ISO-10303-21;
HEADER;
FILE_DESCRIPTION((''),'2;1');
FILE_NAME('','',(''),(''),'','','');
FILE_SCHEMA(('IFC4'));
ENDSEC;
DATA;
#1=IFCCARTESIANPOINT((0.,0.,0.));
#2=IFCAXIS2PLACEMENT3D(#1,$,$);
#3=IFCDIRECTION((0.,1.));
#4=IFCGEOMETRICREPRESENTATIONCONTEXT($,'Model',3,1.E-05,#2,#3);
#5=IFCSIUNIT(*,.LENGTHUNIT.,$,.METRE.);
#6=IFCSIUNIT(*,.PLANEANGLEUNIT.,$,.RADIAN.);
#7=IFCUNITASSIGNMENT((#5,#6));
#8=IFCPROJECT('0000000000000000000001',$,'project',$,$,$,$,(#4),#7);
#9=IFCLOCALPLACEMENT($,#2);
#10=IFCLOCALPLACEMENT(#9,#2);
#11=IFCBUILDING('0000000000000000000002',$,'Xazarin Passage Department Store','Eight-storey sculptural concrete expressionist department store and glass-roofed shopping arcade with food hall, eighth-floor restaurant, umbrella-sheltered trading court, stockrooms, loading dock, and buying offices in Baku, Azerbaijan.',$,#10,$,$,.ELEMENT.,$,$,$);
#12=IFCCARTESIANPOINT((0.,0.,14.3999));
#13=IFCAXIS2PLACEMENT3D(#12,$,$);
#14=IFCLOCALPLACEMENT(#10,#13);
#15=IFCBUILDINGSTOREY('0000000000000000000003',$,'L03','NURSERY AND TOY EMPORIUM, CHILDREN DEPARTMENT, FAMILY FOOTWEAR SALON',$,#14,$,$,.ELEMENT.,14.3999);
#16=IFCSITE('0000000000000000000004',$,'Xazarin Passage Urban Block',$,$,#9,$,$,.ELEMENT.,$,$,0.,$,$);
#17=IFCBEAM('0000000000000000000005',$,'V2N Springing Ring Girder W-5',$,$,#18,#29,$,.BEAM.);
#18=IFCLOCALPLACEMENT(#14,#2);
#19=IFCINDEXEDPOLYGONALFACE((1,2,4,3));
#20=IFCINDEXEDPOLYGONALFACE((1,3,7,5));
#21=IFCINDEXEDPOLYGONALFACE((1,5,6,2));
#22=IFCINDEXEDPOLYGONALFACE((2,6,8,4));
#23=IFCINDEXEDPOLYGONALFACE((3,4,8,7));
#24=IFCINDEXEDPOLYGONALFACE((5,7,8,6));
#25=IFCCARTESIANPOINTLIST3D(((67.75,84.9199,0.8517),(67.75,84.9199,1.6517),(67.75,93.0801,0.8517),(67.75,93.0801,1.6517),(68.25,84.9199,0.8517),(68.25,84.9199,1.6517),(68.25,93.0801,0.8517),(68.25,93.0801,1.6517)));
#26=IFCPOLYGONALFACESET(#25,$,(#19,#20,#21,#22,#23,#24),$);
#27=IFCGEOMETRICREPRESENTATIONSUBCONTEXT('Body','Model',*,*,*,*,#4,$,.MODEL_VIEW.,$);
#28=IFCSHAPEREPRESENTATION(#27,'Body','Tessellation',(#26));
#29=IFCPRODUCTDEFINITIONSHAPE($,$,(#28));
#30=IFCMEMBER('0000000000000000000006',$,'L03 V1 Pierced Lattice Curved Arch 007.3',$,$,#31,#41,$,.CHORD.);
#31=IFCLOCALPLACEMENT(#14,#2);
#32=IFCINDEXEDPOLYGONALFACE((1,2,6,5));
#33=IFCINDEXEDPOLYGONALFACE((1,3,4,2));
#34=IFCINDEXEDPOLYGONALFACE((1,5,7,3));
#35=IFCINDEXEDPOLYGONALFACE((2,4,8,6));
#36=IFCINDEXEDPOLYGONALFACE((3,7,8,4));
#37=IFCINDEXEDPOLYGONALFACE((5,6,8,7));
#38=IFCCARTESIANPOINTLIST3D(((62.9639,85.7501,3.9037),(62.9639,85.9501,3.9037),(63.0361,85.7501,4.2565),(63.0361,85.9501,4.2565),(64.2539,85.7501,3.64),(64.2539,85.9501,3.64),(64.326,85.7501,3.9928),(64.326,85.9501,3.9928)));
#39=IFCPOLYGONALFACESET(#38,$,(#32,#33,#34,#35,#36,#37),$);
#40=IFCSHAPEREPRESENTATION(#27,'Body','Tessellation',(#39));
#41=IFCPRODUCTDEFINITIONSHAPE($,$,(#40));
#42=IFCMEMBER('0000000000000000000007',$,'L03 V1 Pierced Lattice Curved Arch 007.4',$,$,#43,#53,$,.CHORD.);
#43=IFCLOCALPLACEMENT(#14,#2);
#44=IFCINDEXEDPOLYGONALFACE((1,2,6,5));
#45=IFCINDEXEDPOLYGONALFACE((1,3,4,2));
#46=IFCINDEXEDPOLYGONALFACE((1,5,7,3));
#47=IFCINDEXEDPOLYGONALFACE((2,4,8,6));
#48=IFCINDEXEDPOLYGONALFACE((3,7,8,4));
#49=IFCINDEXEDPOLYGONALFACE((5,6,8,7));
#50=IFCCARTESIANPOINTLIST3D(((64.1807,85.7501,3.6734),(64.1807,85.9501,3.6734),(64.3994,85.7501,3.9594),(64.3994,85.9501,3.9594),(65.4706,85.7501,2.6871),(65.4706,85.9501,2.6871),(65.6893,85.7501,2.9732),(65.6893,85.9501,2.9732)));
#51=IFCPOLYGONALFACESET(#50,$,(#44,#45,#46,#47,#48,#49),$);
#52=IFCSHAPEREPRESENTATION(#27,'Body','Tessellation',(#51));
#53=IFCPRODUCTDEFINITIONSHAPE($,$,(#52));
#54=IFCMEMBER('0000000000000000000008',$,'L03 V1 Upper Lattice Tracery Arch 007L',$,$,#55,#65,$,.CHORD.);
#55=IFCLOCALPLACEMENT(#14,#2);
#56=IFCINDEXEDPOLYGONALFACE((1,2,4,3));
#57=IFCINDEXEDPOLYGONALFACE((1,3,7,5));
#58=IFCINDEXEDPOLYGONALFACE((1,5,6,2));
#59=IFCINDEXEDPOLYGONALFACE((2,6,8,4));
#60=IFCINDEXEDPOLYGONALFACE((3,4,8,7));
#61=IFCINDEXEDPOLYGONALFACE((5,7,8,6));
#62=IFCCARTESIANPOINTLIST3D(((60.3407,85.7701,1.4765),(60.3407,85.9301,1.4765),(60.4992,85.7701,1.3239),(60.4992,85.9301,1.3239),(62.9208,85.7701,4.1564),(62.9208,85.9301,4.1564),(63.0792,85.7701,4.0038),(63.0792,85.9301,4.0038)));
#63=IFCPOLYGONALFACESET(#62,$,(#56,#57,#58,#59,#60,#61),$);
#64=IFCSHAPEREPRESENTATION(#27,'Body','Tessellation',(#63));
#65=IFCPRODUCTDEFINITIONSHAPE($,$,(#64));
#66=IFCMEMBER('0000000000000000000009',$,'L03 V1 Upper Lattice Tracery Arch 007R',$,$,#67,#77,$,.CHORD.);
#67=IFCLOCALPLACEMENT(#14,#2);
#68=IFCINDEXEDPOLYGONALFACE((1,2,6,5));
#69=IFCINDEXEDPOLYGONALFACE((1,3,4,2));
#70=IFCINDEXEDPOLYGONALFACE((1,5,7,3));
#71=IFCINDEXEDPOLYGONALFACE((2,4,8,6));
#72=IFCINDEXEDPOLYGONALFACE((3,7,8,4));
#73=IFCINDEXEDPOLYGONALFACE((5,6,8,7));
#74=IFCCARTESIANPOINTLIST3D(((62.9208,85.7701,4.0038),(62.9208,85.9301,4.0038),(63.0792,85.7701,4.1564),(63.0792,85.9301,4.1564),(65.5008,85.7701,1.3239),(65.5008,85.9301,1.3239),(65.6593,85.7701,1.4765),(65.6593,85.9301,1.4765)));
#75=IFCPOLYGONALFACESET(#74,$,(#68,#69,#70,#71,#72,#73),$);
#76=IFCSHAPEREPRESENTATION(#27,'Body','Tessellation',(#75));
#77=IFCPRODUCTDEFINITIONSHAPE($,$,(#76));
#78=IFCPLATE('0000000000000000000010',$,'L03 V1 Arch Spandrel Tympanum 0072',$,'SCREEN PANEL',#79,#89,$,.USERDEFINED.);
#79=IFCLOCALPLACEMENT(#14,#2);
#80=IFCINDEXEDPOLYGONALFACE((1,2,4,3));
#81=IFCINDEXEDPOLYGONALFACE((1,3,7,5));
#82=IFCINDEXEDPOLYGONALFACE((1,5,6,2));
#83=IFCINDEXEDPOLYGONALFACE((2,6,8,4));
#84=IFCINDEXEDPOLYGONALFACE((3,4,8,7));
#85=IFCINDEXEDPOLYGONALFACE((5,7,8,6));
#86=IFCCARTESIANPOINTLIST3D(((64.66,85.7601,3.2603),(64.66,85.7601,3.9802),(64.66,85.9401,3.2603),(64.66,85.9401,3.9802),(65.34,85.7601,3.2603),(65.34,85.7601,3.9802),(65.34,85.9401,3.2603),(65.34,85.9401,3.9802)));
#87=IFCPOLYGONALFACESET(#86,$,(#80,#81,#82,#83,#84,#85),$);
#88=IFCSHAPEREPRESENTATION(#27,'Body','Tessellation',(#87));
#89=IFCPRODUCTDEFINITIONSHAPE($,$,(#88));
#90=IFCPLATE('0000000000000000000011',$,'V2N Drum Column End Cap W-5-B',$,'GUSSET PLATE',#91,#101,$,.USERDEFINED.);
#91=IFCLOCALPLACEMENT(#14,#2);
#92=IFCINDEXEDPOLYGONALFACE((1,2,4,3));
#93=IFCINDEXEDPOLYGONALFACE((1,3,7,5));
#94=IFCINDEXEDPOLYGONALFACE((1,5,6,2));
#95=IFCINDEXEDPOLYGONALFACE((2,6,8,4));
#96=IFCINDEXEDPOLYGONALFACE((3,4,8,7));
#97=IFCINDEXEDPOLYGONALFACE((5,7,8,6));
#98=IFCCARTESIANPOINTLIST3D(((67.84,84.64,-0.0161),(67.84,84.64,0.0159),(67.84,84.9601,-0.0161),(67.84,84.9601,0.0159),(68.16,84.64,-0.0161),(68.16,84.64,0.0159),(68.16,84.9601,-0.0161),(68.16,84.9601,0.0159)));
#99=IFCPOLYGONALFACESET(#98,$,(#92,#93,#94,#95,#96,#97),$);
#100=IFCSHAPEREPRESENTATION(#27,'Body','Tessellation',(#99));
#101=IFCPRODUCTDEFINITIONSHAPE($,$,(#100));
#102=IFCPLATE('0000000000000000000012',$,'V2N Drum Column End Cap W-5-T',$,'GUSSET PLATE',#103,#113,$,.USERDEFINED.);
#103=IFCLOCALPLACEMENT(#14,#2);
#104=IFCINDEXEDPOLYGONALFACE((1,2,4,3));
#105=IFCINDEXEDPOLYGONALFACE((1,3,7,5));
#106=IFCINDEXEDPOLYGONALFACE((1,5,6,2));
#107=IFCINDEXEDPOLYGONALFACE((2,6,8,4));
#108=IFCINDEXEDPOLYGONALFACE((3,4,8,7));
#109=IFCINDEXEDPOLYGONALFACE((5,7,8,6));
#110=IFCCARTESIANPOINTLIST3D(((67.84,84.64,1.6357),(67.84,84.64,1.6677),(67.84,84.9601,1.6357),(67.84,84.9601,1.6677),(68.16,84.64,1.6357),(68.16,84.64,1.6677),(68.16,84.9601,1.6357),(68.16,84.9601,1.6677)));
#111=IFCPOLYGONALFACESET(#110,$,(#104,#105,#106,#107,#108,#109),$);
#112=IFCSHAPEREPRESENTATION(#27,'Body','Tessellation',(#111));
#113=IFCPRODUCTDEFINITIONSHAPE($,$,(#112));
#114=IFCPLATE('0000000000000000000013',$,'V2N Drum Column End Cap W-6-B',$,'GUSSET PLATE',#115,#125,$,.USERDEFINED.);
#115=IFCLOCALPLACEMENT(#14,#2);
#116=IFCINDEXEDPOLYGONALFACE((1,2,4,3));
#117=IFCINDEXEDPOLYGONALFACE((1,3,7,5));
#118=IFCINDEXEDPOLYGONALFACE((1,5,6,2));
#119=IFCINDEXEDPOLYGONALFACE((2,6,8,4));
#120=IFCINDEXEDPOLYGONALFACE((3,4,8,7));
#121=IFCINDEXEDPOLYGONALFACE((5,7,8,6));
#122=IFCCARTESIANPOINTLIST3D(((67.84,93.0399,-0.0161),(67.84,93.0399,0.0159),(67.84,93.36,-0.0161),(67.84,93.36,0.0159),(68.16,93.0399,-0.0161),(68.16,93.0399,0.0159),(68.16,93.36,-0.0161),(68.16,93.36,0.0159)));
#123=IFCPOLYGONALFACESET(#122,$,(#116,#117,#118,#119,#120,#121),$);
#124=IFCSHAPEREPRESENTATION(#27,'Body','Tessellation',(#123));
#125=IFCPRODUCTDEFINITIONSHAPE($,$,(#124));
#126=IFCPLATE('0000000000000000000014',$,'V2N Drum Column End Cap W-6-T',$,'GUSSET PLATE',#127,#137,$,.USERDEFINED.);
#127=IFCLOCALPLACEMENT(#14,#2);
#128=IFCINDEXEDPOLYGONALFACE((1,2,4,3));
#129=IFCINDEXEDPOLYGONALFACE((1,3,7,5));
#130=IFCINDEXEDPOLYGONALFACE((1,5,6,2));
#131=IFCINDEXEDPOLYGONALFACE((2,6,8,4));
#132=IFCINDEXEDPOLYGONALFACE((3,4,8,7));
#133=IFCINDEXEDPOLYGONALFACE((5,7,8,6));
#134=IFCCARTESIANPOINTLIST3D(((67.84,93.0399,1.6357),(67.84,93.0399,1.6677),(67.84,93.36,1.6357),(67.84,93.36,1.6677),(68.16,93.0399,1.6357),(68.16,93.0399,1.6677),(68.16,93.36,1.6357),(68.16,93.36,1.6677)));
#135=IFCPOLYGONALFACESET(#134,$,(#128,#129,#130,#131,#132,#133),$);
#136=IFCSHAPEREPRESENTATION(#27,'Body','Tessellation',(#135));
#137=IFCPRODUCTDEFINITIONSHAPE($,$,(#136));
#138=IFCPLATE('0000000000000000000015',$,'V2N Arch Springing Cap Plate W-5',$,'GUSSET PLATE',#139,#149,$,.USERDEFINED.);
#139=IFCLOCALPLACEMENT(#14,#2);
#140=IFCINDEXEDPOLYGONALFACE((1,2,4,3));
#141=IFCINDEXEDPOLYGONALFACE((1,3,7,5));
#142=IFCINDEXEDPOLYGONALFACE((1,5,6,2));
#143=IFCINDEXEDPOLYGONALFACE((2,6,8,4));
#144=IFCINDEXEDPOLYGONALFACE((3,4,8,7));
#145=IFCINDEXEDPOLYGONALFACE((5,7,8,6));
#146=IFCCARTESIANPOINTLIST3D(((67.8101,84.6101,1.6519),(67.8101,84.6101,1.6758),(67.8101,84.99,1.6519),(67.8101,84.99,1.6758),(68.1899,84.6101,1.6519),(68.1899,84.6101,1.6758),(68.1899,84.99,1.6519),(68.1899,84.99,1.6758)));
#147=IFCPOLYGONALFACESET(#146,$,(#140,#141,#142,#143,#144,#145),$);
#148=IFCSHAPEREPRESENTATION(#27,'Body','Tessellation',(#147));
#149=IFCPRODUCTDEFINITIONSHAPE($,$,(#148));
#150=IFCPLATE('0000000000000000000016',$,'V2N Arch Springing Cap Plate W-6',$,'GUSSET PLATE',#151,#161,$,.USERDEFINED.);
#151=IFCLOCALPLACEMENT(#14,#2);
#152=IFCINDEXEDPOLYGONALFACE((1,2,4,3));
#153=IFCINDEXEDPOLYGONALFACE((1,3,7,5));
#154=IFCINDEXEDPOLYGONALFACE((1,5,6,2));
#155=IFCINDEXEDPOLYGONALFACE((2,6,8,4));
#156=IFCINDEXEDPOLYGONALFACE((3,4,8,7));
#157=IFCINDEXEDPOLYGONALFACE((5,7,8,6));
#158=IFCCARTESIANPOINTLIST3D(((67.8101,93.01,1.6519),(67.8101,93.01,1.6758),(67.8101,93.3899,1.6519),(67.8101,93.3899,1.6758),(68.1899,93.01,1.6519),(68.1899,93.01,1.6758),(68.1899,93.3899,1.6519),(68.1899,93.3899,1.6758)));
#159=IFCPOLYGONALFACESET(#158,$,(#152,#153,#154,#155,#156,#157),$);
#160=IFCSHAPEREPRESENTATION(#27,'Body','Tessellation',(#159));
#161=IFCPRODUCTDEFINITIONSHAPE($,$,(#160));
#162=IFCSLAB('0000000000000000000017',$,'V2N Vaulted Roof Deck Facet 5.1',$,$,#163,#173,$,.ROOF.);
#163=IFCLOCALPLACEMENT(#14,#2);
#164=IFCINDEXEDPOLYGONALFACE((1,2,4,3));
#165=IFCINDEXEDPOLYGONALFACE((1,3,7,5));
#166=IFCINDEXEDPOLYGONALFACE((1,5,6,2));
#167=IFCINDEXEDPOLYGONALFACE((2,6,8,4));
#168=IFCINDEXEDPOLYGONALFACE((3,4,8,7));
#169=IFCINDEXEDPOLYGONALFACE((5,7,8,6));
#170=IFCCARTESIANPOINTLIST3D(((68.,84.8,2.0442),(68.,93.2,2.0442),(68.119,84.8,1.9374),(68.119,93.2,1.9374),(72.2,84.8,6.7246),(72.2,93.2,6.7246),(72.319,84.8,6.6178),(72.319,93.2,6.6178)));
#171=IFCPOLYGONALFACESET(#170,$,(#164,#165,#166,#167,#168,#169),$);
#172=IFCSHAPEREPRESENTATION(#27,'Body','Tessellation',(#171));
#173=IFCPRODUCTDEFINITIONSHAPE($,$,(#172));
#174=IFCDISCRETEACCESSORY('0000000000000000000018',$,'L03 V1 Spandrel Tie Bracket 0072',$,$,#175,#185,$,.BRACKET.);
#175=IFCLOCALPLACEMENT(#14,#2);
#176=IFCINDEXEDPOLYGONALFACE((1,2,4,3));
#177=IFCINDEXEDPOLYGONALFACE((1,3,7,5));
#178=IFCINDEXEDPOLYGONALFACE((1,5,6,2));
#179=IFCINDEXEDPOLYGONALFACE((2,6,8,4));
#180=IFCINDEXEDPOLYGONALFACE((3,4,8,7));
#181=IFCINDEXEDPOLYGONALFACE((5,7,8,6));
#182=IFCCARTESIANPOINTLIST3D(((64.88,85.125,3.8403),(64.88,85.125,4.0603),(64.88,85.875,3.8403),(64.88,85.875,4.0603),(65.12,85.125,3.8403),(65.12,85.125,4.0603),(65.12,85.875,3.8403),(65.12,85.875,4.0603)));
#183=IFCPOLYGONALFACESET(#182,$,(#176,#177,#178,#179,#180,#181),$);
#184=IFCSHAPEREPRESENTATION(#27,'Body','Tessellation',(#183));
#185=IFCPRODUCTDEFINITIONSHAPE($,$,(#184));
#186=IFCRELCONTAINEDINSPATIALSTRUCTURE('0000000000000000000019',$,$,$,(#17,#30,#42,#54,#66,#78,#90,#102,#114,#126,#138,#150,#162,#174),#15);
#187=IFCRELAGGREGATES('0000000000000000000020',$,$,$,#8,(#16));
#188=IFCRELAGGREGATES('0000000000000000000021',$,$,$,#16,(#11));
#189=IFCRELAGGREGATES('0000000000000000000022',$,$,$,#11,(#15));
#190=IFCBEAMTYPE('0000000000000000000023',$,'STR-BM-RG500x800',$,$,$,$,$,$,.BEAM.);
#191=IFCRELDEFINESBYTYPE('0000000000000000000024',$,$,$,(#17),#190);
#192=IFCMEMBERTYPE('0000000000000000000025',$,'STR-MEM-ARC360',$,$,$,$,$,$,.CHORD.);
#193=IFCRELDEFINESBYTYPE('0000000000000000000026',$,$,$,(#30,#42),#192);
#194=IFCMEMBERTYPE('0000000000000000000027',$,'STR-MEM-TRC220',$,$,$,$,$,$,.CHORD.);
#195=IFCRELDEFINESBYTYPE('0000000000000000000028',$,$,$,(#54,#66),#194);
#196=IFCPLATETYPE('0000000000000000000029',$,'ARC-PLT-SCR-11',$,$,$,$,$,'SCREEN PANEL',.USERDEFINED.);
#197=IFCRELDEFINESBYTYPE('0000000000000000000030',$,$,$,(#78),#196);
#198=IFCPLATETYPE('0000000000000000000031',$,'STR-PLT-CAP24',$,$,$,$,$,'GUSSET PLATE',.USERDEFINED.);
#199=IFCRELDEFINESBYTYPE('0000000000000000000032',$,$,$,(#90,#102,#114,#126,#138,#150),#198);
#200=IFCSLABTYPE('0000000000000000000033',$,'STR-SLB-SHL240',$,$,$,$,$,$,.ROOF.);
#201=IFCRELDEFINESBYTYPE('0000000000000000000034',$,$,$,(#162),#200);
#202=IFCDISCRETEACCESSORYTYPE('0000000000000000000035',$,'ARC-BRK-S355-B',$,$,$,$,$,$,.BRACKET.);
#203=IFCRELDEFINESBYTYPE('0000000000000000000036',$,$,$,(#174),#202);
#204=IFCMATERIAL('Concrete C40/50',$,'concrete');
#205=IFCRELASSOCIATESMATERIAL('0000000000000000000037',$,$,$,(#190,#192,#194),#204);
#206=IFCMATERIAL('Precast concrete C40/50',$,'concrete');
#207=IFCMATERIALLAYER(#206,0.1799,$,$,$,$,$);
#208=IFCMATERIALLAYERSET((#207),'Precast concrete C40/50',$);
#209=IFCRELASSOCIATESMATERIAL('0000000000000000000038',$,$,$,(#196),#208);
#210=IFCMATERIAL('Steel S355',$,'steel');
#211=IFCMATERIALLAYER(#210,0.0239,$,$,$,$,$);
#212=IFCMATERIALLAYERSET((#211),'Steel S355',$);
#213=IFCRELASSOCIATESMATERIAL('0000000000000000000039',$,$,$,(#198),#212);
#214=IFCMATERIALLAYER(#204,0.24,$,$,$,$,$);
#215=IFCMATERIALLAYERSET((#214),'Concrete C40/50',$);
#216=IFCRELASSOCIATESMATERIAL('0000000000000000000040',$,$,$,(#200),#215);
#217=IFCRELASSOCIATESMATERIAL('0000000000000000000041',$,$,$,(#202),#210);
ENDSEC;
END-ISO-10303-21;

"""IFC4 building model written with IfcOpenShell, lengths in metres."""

from ifc_helpers import new_model, si_unit, direction, frame, origin, origin_2d, place, context, subcontext, project, spatial, polyline, rectangle, outline, extrude, material, layer, layer_set, material_profile, profile_set, type_object, element, save


model = new_model("IFC4")

# Units and contexts
model_context = context("Model", 3, precision=1e-05, world=origin(), true_north=direction((0.0, 1.0)))
body_context = subcontext(model_context, "Body", "Model", "MODEL_VIEW")
ifc_project = project(units=[si_unit("LENGTHUNIT", "METRE"), si_unit("PLANEANGLEUNIT", "RADIAN")], contexts=[model_context])

# Site, building, storey
site_placement = place(None, origin())
site = spatial("IfcSite", under=ifc_project, at=site_placement, Name="Xazarin Passage Urban Block", CompositionType="ELEMENT", RefElevation=0.0)
building_placement = place(site_placement, origin())
building = spatial("IfcBuilding", under=site, at=building_placement, Name="Xazarin Passage Department Store", Description="Eight-storey sculptural concrete expressionist department store and glass-roofed shopping arcade with food hall, eighth-floor restaurant, umbrella-sheltered trading court, stockrooms, loading dock, and buying offices in Baku, Azerbaijan.", CompositionType="ELEMENT")
storey_placement = place(building_placement, frame((0.0, 0.0, 14.3999)))
storey = spatial("IfcBuildingStorey", under=building, at=storey_placement, Name="L03", Description="NURSERY AND TOY EMPORIUM, CHILDREN DEPARTMENT, FAMILY FOOTWEAR SALON", CompositionType="ELEMENT", Elevation=14.3999)

# Shared definitions
ifc_material_1 = material(Name="Steel S355", Category="steel")
ifc_material_2 = material(Name="Concrete C40/50", Category="concrete")

# Beam
ifc_material_profile_1 = material_profile(ifc_material_2, rectangle(XDim=0.5, YDim=0.8, at=origin_2d()), Name="RC 500x800")
ifc_profile_set_1 = profile_set([ifc_material_profile_1], Name="Concrete C40/50")
beam_type_1 = type_object("IfcBeamType", Name="STR-BM-RG500x800", PredefinedType="BEAM", material=ifc_profile_set_1)
beam_1_placement = place(storey_placement, frame((68.0, 84.9199, 1.2517), z_axis=(0.0, 1.0, 0.0), x_axis=(-1.0, 0.0, 0.0)))
element("IfcBeam", 1, at=beam_1_placement, inside=storey, type_object=beam_type_1, Name="V2N Springing Ring Girder W-5", PredefinedType="BEAM", context=body_context, shape_type="SweptSolid", body=[
    extrude(rectangle(XDim=0.5, YDim=0.8, at=origin_2d()), origin(), (0.0, 0.0, 1.0), 8.1602),
])

# Members
ifc_material_profile_2 = material_profile(ifc_material_2, rectangle(XDim=0.2, YDim=0.3601, at=origin_2d()), Name="RC 200x360")
ifc_profile_set_2 = profile_set([ifc_material_profile_2], Name="Concrete C40/50")
member_type_1 = type_object("IfcMemberType", Name="STR-MEM-ARC360", PredefinedType="CHORD", material=ifc_profile_set_2)
member_1_placement = place(storey_placement, frame((63.0, 85.8501, 4.0801), z_axis=(0.979745, 0.0, -0.200251), x_axis=(0.0, 1.0, 0.0)))
element("IfcMember", 2, at=member_1_placement, inside=storey, type_object=member_type_1, Name="L03 V1 Pierced Lattice Curved Arch 007.3", PredefinedType="CHORD", context=body_context, shape_type="SweptSolid", body=[
    extrude(rectangle(XDim=0.2, YDim=0.3601, at=origin_2d()), origin(), (0.0, 0.0, 1.0), 1.3167),
])
member_2_placement = place(storey_placement, frame((64.29, 85.8501, 3.8164), z_axis=(0.794409, 0.0, -0.607383), x_axis=(0.0, 1.0, 0.0)))
element("IfcMember", 3, at=member_2_placement, inside=storey, type_object=member_type_1, Name="L03 V1 Pierced Lattice Curved Arch 007.4", PredefinedType="CHORD", context=body_context, shape_type="SweptSolid", body=[
    extrude(rectangle(XDim=0.2, YDim=0.3601, at=origin_2d()), origin(), (0.0, 0.0, 1.0), 1.6238),
])
ifc_material_profile_3 = material_profile(ifc_material_2, rectangle(XDim=0.1599, YDim=0.22, at=origin_2d()), Name="RC 160x220")
ifc_profile_set_3 = profile_set([ifc_material_profile_3], Name="Concrete C40/50")
member_type_2 = type_object("IfcMemberType", Name="STR-MEM-TRC220", PredefinedType="CHORD", material=ifc_profile_set_3)
for number, where, z_axis, x_axis, name in (
    (4, (63.0, 85.8501, 4.0801), (-0.693558, 0.0, -0.7204), (0.0, -1.0, 0.0), "L03 V1 Upper Lattice Tracery Arch 007L"),
    (5, (63.0, 85.8501, 4.0801), (0.693558, 0.0, -0.7204), (0.0, 1.0, 0.0), "L03 V1 Upper Lattice Tracery Arch 007R"),
):
    element("IfcMember", number, at=place(storey_placement, frame(where, z_axis=z_axis, x_axis=x_axis)), inside=storey, type_object=member_type_2, Name=name, PredefinedType="CHORD", context=body_context, shape_type="SweptSolid", body=[
        extrude(rectangle(XDim=0.1599, YDim=0.22, at=origin_2d()), origin(), (0.0, 0.0, 1.0), 3.72),
    ])

# Plates
ifc_material_3 = material(Name="Precast concrete C40/50", Category="concrete")
ifc_layer_1 = layer(ifc_material_3, 0.1799)
ifc_layer_set_1 = layer_set([ifc_layer_1], Name="Precast concrete C40/50")
plate_type_1 = type_object("IfcPlateType", Name="ARC-PLT-SCR-11", ElementType="SCREEN PANEL", PredefinedType="USERDEFINED", material=ifc_layer_set_1)
plate_placement = place(storey_placement, frame((65.0, 85.8501, 3.2603), z_axis=(0.0, 0.0, 1.0), x_axis=(1.0, 0.0, 0.0)))
element("IfcPlate", 6, at=plate_placement, inside=storey, type_object=plate_type_1, Name="L03 V1 Arch Spandrel Tympanum 0072", ObjectType="SCREEN PANEL", PredefinedType="USERDEFINED", context=body_context, shape_type="SweptSolid", body=[
    extrude(rectangle(XDim=0.6799, YDim=0.1799, at=origin_2d()), origin(), (0.0, 0.0, 1.0), 0.72),
])
ifc_layer_2 = layer(ifc_material_1, 0.0239)
ifc_layer_set_2 = layer_set([ifc_layer_2], Name="Steel S355")
plate_type_2 = type_object("IfcPlateType", Name="STR-PLT-CAP24", ElementType="GUSSET PLATE", PredefinedType="USERDEFINED", material=ifc_layer_set_2)
for number, where, z_axis, x_axis, name in (
    (7, (68.0, 84.8, -0.0161), (0.0, 0.0, 1.0), (1.0, 0.0, 0.0), "V2N Drum Column End Cap W-5-B"),
    (8, (68.0, 84.8, 1.6357), (0.0, 0.0, 1.0), (1.0, 0.0, 0.0), "V2N Drum Column End Cap W-5-T"),
    (9, (68.0, 93.2, -0.0161), (0.0, 0.0, 1.0), (1.0, 0.0, 0.0), "V2N Drum Column End Cap W-6-B"),
    (10, (68.0, 93.2, 1.6357), (0.0, 0.0, 1.0), (1.0, 0.0, 0.0), "V2N Drum Column End Cap W-6-T"),
):
    element("IfcPlate", number, at=place(storey_placement, frame(where, z_axis=z_axis, x_axis=x_axis)), inside=storey, type_object=plate_type_2, Name=name, ObjectType="GUSSET PLATE", PredefinedType="USERDEFINED", context=body_context, shape_type="SweptSolid", body=[
        extrude(rectangle(XDim=0.3201, YDim=0.3201, at=origin_2d()), origin(), (0.0, 0.0, 1.0), 0.032),
    ])
for number, where, z_axis, x_axis, name in (
    (11, (68.0, 84.8, 1.6519), (0.0, 0.0, 1.0), (1.0, 0.0, 0.0), "V2N Arch Springing Cap Plate W-5"),
    (12, (68.0, 93.2, 1.6519), (0.0, 0.0, 1.0), (1.0, 0.0, 0.0), "V2N Arch Springing Cap Plate W-6"),
):
    element("IfcPlate", number, at=place(storey_placement, frame(where, z_axis=z_axis, x_axis=x_axis)), inside=storey, type_object=plate_type_2, Name=name, ObjectType="GUSSET PLATE", PredefinedType="USERDEFINED", context=body_context, shape_type="SweptSolid", body=[
        extrude(rectangle(XDim=0.3799, YDim=0.3799, at=origin_2d()), origin(), (0.0, 0.0, 1.0), 0.0239),
    ])

# Slab
ifc_layer_3 = layer(ifc_material_2, 0.24)
ifc_layer_set_3 = layer_set([ifc_layer_3], Name="Concrete C40/50")
slab_type = type_object("IfcSlabType", Name="STR-SLB-SHL240", PredefinedType="ROOF", material=ifc_layer_set_3)
slab_placement = place(storey_placement, frame((68.0, 84.8, 2.0442), z_axis=(-0.744276, 0.0, 0.667872), x_axis=(0.667872, 0.0, 0.744276)))
element("IfcSlab", 13, at=slab_placement, inside=storey, type_object=slab_type, Name="V2N Vaulted Roof Deck Facet 5.1", PredefinedType="ROOF", context=body_context, shape_type="SweptSolid", body=[
    extrude(outline(polyline([(0.0, 0.0), (6.2886, 0.0), (6.2886, 8.3999), (0.0, 8.3999), (0.0, 0.0)])), origin(), (0.0, 0.0, -1.0), 0.1599),
])

# Discrete accessory
discrete_accessory_type = type_object("IfcDiscreteAccessoryType", Name="ARC-BRK-S355-B", PredefinedType="BRACKET", material=ifc_material_1)
discrete_accessory_placement = place(storey_placement, frame((65.0, 85.5, 3.8403), z_axis=(0.0, 0.0, 1.0), x_axis=(1.0, 0.0, 0.0)))
element("IfcDiscreteAccessory", 14, at=discrete_accessory_placement, inside=storey, type_object=discrete_accessory_type, Name="L03 V1 Spandrel Tie Bracket 0072", PredefinedType="BRACKET", context=body_context, shape_type="SweptSolid", body=[
    extrude(rectangle(XDim=0.24, YDim=0.75, at=origin_2d()), origin(), (0.0, 0.0, 1.0), 0.22),
])

save(model, "model.ifc")
